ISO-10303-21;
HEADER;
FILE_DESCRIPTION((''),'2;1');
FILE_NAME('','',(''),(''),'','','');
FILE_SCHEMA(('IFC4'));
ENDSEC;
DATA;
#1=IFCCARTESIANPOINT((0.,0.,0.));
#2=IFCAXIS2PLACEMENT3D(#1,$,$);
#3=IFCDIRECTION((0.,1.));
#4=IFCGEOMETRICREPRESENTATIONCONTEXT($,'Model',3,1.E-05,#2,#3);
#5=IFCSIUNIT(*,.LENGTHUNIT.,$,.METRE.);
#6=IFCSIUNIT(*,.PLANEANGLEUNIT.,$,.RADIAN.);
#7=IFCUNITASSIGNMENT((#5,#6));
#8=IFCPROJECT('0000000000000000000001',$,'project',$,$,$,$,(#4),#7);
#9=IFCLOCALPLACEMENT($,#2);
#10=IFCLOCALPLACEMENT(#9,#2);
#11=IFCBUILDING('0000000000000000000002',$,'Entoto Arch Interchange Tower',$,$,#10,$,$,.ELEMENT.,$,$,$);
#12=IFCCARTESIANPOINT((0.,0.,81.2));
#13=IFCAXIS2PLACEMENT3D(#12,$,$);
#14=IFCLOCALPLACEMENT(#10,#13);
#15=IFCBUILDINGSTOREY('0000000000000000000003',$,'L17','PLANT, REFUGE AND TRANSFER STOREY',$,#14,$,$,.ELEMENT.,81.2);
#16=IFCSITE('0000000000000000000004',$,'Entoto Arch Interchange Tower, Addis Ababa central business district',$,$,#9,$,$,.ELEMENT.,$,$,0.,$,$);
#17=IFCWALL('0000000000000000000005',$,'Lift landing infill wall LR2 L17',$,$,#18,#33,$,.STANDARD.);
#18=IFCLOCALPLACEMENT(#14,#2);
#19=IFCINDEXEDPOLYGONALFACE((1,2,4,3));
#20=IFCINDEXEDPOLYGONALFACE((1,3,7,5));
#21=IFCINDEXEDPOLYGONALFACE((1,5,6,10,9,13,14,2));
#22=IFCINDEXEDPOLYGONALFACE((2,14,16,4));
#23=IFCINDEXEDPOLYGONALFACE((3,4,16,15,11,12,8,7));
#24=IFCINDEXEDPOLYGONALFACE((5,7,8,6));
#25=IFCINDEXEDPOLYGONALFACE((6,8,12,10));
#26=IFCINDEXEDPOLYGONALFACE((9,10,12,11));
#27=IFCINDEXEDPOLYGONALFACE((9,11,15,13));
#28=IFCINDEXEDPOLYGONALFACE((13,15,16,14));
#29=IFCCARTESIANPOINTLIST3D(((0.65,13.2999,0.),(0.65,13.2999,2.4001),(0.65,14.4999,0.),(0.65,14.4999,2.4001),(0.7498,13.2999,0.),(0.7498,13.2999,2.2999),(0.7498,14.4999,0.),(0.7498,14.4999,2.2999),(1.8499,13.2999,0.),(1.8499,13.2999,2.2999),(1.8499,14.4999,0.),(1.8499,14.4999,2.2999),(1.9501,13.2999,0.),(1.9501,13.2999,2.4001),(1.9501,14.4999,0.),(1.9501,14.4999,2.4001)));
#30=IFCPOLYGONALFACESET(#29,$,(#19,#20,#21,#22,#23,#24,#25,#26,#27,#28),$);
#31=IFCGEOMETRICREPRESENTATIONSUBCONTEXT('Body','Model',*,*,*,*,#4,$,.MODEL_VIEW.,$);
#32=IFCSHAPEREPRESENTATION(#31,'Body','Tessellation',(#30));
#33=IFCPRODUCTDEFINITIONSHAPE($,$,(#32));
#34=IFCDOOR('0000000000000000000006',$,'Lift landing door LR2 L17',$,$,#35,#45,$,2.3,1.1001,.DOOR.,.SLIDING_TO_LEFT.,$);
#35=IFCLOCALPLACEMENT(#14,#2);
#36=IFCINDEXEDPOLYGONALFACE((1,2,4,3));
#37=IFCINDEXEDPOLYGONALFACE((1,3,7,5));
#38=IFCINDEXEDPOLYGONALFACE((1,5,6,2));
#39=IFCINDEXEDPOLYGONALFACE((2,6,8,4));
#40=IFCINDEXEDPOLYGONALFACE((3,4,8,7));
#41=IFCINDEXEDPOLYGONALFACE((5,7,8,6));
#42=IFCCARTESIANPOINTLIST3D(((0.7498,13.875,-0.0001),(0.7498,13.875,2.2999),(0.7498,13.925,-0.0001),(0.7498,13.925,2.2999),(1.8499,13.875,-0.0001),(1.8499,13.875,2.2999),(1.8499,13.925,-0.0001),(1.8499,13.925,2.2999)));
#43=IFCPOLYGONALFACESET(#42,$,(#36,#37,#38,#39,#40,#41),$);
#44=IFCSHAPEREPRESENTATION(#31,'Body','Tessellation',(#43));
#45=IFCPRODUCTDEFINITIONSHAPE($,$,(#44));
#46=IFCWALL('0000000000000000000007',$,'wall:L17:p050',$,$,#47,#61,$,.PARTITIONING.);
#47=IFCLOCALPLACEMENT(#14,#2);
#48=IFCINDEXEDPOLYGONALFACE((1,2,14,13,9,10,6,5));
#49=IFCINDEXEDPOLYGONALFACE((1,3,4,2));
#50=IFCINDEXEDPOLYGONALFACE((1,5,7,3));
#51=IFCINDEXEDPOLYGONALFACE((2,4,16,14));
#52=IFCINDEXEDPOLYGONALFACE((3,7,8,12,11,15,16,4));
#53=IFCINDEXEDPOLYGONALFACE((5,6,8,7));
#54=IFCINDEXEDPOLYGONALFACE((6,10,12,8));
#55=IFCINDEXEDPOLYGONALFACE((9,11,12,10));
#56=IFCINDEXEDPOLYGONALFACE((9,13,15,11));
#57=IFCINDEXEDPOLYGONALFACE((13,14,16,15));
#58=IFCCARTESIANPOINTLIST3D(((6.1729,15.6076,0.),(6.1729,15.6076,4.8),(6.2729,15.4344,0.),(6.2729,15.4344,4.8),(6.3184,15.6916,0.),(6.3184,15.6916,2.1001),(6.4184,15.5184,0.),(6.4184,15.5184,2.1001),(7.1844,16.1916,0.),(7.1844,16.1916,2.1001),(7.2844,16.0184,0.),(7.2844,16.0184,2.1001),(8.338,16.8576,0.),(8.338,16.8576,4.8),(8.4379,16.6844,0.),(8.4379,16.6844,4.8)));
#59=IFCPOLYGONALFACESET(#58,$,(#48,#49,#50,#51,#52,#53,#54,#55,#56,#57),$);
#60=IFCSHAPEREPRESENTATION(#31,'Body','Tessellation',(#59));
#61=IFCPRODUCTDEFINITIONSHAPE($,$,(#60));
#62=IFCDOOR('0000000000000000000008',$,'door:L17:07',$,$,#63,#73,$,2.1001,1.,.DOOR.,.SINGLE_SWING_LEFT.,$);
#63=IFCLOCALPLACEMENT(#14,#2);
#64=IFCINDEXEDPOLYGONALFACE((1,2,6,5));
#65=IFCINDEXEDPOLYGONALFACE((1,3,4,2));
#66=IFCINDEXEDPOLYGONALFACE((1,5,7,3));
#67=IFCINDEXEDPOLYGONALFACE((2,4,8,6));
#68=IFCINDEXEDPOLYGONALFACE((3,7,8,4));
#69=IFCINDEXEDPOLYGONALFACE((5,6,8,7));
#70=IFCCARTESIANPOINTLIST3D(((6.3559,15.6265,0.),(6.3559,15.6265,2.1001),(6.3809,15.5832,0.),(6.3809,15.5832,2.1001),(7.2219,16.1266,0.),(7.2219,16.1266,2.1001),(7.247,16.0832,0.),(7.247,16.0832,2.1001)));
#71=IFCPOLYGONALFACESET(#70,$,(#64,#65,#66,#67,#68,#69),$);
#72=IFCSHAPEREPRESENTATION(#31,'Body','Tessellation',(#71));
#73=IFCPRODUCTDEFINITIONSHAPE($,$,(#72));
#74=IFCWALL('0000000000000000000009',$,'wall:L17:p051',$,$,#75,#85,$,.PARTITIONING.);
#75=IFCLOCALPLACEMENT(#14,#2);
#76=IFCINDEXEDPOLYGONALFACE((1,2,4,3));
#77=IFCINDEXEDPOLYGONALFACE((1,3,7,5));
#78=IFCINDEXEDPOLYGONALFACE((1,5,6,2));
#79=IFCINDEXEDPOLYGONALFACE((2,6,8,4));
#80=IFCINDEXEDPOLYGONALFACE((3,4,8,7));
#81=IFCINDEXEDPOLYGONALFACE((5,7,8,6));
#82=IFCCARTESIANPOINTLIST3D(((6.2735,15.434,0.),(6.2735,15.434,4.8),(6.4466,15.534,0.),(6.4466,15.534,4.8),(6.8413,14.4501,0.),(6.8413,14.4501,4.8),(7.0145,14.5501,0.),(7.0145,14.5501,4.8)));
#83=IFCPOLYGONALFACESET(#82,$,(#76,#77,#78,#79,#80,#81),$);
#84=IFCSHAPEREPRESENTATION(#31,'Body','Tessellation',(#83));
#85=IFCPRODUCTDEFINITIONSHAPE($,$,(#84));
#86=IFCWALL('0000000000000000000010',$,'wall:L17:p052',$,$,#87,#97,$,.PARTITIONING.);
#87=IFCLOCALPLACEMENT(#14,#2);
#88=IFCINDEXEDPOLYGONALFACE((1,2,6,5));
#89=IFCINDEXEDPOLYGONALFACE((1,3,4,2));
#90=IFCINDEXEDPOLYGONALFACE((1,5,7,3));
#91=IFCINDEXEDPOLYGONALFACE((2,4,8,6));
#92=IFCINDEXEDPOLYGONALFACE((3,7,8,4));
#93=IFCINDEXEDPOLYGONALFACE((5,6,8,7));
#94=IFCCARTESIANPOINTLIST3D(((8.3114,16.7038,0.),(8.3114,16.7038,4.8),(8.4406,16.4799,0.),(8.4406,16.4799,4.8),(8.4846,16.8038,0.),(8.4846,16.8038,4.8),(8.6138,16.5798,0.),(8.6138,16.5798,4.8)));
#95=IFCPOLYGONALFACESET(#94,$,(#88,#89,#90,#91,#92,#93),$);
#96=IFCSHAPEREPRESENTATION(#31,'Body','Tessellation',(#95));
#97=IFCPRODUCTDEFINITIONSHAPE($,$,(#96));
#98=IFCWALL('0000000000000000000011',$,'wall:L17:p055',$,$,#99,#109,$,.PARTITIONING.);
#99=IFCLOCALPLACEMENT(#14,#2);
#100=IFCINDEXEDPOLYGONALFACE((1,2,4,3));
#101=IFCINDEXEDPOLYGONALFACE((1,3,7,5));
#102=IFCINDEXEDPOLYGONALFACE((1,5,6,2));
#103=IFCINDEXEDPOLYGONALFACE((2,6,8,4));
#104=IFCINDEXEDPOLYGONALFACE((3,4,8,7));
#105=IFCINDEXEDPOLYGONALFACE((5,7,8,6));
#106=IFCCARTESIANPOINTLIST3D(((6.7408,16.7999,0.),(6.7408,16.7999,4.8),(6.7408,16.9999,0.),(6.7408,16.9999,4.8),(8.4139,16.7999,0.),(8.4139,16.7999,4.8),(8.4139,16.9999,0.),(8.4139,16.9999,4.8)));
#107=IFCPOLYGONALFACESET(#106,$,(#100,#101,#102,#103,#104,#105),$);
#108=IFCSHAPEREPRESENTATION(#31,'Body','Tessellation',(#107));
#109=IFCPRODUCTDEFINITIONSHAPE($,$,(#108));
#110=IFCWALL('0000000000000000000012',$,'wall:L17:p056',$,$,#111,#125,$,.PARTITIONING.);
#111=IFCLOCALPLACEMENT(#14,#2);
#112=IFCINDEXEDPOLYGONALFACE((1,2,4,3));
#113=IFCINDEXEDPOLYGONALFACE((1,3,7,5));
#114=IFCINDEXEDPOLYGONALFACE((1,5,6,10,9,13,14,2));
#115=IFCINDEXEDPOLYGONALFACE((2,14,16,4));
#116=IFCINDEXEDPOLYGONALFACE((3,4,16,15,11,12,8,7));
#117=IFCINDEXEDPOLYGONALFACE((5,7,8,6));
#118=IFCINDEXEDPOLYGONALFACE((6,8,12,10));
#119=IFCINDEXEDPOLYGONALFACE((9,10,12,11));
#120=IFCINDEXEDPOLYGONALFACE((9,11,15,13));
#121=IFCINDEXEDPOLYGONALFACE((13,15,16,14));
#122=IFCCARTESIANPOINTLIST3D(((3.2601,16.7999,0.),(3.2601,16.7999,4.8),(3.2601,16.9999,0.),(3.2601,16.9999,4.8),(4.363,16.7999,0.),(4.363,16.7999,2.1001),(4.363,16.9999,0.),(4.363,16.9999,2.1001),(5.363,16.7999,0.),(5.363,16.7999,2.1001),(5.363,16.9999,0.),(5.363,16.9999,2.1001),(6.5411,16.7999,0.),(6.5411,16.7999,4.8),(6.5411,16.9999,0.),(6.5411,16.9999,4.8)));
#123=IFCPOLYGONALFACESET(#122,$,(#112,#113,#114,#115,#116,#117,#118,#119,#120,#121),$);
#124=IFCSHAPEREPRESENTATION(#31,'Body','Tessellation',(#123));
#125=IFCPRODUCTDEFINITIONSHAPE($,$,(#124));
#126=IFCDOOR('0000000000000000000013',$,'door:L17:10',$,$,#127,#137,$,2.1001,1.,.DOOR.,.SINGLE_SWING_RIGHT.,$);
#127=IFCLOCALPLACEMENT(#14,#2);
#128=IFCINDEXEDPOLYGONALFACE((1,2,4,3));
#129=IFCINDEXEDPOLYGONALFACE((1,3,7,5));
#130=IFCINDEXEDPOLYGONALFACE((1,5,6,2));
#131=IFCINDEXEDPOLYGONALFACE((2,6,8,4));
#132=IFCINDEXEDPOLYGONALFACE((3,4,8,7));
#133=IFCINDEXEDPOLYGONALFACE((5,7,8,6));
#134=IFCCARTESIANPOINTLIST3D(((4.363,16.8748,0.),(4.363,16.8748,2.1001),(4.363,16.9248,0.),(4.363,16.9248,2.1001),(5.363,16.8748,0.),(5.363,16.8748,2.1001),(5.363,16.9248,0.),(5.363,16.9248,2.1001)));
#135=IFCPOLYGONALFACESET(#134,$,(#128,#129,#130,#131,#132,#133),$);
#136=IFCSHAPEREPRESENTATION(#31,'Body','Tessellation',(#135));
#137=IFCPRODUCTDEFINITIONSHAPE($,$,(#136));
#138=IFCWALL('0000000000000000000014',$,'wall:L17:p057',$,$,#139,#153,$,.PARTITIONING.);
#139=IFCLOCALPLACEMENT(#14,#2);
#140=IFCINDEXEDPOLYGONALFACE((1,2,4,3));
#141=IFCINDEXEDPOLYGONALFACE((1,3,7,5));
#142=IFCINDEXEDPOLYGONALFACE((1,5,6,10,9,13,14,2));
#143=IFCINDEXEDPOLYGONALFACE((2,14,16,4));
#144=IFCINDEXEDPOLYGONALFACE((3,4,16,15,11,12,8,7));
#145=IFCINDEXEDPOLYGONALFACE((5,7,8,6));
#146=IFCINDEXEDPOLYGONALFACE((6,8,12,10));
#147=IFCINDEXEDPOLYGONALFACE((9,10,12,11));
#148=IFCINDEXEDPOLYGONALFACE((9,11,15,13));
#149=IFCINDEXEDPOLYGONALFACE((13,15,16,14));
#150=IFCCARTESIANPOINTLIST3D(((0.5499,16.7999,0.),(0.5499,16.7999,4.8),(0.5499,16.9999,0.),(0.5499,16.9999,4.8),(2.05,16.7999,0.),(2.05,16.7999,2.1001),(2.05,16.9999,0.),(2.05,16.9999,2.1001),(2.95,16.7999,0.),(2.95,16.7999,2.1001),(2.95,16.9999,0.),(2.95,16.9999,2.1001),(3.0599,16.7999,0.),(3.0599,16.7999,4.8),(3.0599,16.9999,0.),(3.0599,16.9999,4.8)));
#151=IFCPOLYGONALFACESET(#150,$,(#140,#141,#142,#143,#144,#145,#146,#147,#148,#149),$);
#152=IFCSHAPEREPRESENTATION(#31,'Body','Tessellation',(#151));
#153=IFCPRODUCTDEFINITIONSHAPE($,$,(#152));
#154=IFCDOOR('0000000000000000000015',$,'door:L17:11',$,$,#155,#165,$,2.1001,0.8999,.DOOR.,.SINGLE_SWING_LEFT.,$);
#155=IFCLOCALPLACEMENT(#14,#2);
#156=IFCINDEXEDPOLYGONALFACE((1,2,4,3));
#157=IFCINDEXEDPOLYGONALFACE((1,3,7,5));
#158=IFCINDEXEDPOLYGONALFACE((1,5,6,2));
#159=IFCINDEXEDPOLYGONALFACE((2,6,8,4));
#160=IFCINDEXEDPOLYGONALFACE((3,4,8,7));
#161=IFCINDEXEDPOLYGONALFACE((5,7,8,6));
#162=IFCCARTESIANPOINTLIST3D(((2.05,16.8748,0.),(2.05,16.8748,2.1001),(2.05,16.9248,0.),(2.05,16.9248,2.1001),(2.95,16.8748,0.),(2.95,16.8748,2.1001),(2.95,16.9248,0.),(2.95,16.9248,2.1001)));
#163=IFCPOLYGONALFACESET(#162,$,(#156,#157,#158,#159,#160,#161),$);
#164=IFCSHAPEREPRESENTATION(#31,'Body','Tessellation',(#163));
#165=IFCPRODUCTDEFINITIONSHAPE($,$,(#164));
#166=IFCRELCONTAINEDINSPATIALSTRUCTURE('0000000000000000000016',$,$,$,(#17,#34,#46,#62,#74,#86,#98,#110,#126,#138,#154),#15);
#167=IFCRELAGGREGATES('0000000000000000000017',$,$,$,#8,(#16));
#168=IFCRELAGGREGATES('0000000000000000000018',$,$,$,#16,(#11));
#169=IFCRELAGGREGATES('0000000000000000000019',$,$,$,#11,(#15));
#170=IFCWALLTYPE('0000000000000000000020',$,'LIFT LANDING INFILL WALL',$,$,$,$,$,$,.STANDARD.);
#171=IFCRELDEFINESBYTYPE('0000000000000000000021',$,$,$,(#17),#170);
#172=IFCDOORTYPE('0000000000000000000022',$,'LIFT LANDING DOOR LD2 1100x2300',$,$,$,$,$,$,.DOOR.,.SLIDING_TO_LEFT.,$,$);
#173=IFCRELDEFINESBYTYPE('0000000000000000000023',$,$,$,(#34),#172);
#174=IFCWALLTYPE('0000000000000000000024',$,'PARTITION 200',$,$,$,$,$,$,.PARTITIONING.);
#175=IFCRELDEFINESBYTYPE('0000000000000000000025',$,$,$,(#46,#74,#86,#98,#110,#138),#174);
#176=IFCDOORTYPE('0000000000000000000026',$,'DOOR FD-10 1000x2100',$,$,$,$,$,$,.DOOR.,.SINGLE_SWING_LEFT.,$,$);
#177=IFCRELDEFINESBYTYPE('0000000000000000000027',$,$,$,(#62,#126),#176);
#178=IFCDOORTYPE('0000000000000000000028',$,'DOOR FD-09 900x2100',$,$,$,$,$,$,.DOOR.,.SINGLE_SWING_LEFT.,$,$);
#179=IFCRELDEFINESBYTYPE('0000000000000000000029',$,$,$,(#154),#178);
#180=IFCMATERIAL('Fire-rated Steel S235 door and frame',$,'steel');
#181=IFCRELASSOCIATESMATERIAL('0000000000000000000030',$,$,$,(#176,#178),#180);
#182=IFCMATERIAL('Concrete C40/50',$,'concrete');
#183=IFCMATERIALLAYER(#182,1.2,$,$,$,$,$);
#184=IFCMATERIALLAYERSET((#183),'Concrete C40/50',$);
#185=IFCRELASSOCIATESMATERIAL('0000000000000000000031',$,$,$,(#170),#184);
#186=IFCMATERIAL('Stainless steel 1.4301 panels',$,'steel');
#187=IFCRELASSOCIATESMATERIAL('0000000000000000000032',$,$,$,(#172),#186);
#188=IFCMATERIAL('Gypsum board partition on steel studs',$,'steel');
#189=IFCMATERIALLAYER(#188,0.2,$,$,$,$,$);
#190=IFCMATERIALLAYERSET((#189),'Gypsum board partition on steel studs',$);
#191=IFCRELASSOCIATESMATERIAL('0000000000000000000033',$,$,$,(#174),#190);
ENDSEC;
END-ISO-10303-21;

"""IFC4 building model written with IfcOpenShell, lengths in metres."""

from ifc_helpers import new_model, si_unit, direction, frame, frame_2d, origin, place, context, subcontext, project, spatial, rectangle, extrude, material, layer, layer_set, type_object, element, fill, save


model = new_model("IFC4")

# Units and contexts
model_context = context("Model", 3, precision=1e-05, world=origin(), true_north=direction((0.0, 1.0)))
body_context = subcontext(model_context, "Body", "Model", "MODEL_VIEW")
ifc_project = project(units=[si_unit("LENGTHUNIT", "METRE"), si_unit("PLANEANGLEUNIT", "RADIAN")], contexts=[model_context])

# Site, building, storey
site_placement = place(None, origin())
site = spatial("IfcSite", under=ifc_project, at=site_placement, Name="Entoto Arch Interchange Tower, Addis Ababa central business district", CompositionType="ELEMENT", RefElevation=0.0)
building_placement = place(site_placement, origin())
building = spatial("IfcBuilding", under=site, at=building_placement, Name="Entoto Arch Interchange Tower", CompositionType="ELEMENT")
storey_placement = place(building_placement, frame((0.0, 0.0, 81.2)))
storey = spatial("IfcBuildingStorey", under=building, at=storey_placement, Name="L17", Description="PLANT, REFUGE AND TRANSFER STOREY", CompositionType="ELEMENT", Elevation=81.2)

# Walls, openings, doors
ifc_material_1 = material(Name="Fire-rated Steel S235 door and frame", Category="steel")
door_type_1 = type_object("IfcDoorType", Name="DOOR FD-10 1000x2100", OperationType="SINGLE_SWING_LEFT", PredefinedType="DOOR", material=ifc_material_1)
ifc_material_2 = material(Name="Concrete C40/50", Category="concrete")
ifc_layer_1 = layer(ifc_material_2, 1.2)
ifc_layer_set_1 = layer_set([ifc_layer_1], Name="Concrete C40/50")
wall_type_1 = type_object("IfcWallType", Name="LIFT LANDING INFILL WALL", PredefinedType="STANDARD", material=ifc_layer_set_1)
ifc_material_3 = material(Name="Stainless steel 1.4301 panels", Category="steel")
door_type_2 = type_object("IfcDoorType", Name="LIFT LANDING DOOR LD2 1100x2300", OperationType="SLIDING_TO_LEFT", PredefinedType="DOOR", material=ifc_material_3)
wall_1_placement = place(storey_placement, frame((1.95, 13.8999, 0.0), z_axis=(0.0, 0.0, 1.0), x_axis=(-1.0, 0.0, 0.0)))
wall_1 = element("IfcWall", 1, at=wall_1_placement, inside=storey, type_object=wall_type_1, Name="Lift landing infill wall LR2 L17", PredefinedType="STANDARD", context=body_context, shape_type="SweptSolid", body=[
    extrude(rectangle(XDim=1.3, YDim=1.2, at=frame_2d((0.6499, 0.0))), origin(), (0.0, 0.0, 1.0), 2.4001),
])
opening_1_placement = place(wall_1_placement, frame((0.1001, 0.0, 0.0)))
opening_1 = element("IfcOpeningElement", 2, at=opening_1_placement, cuts=wall_1, PredefinedType="OPENING", context=body_context, shape_type="SweptSolid", body=[
    extrude(rectangle(XDim=1.1001, YDim=2.3, at=frame_2d((0.55, 1.1499))), frame((0.0, 0.6099, 0.0), z_axis=(0.0, -1.0, 0.0), x_axis=(1.0, 0.0, 0.0)), (0.0, 0.0, 1.0), 1.22),
])
door_1_placement = place(opening_1_placement, origin())
door_1 = element("IfcDoor", 3, at=door_1_placement, inside=storey, type_object=door_type_2, Name="Lift landing door LR2 L17", OperationType="SLIDING_TO_LEFT", OverallHeight=2.3, OverallWidth=1.1001, PredefinedType="DOOR", context=body_context, shape_type="SweptSolid", body=[
    extrude(rectangle(XDim=1.1001, YDim=2.3, at=frame_2d((0.55, 1.1499))), frame((0.0, 0.0249, 0.0), z_axis=(0.0, -1.0, 0.0), x_axis=(1.0, 0.0, 0.0)), (0.0, 0.0, 1.0), 0.05),
])
fill(opening_1, door_1)
ifc_material_4 = material(Name="Gypsum board partition on steel studs", Category="steel")
ifc_layer_2 = layer(ifc_material_4, 0.2)
ifc_layer_set_2 = layer_set([ifc_layer_2], Name="Gypsum board partition on steel studs")
wall_type_2 = type_object("IfcWallType", Name="PARTITION 200", PredefinedType="PARTITIONING", material=ifc_layer_set_2)
wall_2_placement = place(storey_placement, frame((6.2229, 15.521, 0.0), z_axis=(0.0, 0.0, 1.0), x_axis=(0.866023, 0.500004, 0.0)))
wall_2 = element("IfcWall", 4, at=wall_2_placement, inside=storey, type_object=wall_type_2, Name="wall:L17:p050", PredefinedType="PARTITIONING", context=body_context, shape_type="SweptSolid", body=[
    extrude(rectangle(XDim=2.5, YDim=0.2, at=frame_2d((1.25, 0.0))), origin(), (0.0, 0.0, 1.0), 4.8),
])
opening_2_placement = place(wall_2_placement, frame((0.168, 0.0, 0.0)))
opening_2 = element("IfcOpeningElement", 5, at=opening_2_placement, cuts=wall_2, PredefinedType="OPENING", context=body_context, shape_type="SweptSolid", body=[
    extrude(rectangle(XDim=1.0, YDim=2.1001, at=frame_2d((0.5, 1.05))), frame((0.0, 0.1099, 0.0), z_axis=(0.0, -1.0, 0.0), x_axis=(1.0, 0.0, 0.0)), (0.0, 0.0, 1.0), 0.22),
])
door_2_placement = place(opening_2_placement, origin())
door_2 = element("IfcDoor", 6, at=door_2_placement, inside=storey, type_object=door_type_1, Name="door:L17:07", OperationType="SINGLE_SWING_LEFT", OverallHeight=2.1001, OverallWidth=1.0, PredefinedType="DOOR", context=body_context, shape_type="SweptSolid", body=[
    extrude(rectangle(XDim=1.0, YDim=2.1001, at=frame_2d((0.5, 1.05))), frame((0.0, 0.0249, 0.0), z_axis=(0.0, -1.0, 0.0), x_axis=(1.0, 0.0, 0.0)), (0.0, 0.0, 1.0), 0.05),
])
fill(opening_2, door_2)

# Walls
wall_3_placement = place(storey_placement, frame((6.3601, 15.4839, 0.0), z_axis=(0.0, 0.0, 1.0), x_axis=(0.499884, -0.866093, 0.0)))
element("IfcWall", 7, at=wall_3_placement, inside=storey, type_object=wall_type_2, Name="wall:L17:p051", PredefinedType="PARTITIONING", context=body_context, shape_type="SweptSolid", body=[
    extrude(rectangle(XDim=1.136, YDim=0.2, at=frame_2d((0.5679, 0.0))), origin(), (0.0, 0.0, 1.0), 4.8),
])
wall_4_placement = place(storey_placement, frame((8.3979, 16.7539, 0.0), z_axis=(0.0, 0.0, 1.0), x_axis=(0.499695, -0.866201, 0.0)))
element("IfcWall", 8, at=wall_4_placement, inside=storey, type_object=wall_type_2, Name="wall:L17:p052", PredefinedType="PARTITIONING", context=body_context, shape_type="SweptSolid", body=[
    extrude(rectangle(XDim=0.2585, YDim=0.2, at=frame_2d((0.1294, 0.0))), origin(), (0.0, 0.0, 1.0), 4.8),
])
wall_5_placement = place(storey_placement, frame((6.741, 16.8999, 0.0), z_axis=(0.0, 0.0, 1.0), x_axis=(1.0, 0.0, 0.0)))
element("IfcWall", 9, at=wall_5_placement, inside=storey, type_object=wall_type_2, Name="wall:L17:p055", PredefinedType="PARTITIONING", context=body_context, shape_type="SweptSolid", body=[
    extrude(rectangle(XDim=1.6731, YDim=0.2, at=frame_2d((0.8364, 0.0))), origin(), (0.0, 0.0, 1.0), 4.8),
])

# Walls, openings, doors
wall_6_placement = place(storey_placement, frame((3.26, 16.8999, 0.0), z_axis=(0.0, 0.0, 1.0), x_axis=(1.0, 0.0, 0.0)))
wall_6 = element("IfcWall", 10, at=wall_6_placement, inside=storey, type_object=wall_type_2, Name="wall:L17:p056", PredefinedType="PARTITIONING", context=body_context, shape_type="SweptSolid", body=[
    extrude(rectangle(XDim=3.281, YDim=0.2, at=frame_2d((1.6406, 0.0))), origin(), (0.0, 0.0, 1.0), 4.8),
])
opening_3_placement = place(wall_6_placement, frame((1.103, 0.0, 0.0)))
opening_3 = element("IfcOpeningElement", 11, at=opening_3_placement, cuts=wall_6, PredefinedType="OPENING", context=body_context, shape_type="SweptSolid", body=[
    extrude(rectangle(XDim=1.0, YDim=2.1001, at=frame_2d((0.5, 1.05))), frame((0.0, 0.1099, 0.0), z_axis=(0.0, -1.0, 0.0), x_axis=(1.0, 0.0, 0.0)), (0.0, 0.0, 1.0), 0.22),
])
door_3_placement = place(opening_3_placement, origin())
door_3 = element("IfcDoor", 12, at=door_3_placement, inside=storey, type_object=door_type_1, Name="door:L17:10", OperationType="SINGLE_SWING_RIGHT", OverallHeight=2.1001, OverallWidth=1.0, PredefinedType="DOOR", context=body_context, shape_type="SweptSolid", body=[
    extrude(rectangle(XDim=1.0, YDim=2.1001, at=frame_2d((0.5, 1.05))), frame((0.0, 0.0249, 0.0), z_axis=(0.0, -1.0, 0.0), x_axis=(1.0, 0.0, 0.0)), (0.0, 0.0, 1.0), 0.05),
])
fill(opening_3, door_3)
wall_7_placement = place(storey_placement, frame((0.55, 16.8999, 0.0), z_axis=(0.0, 0.0, 1.0), x_axis=(1.0, 0.0, 0.0)))
wall_7 = element("IfcWall", 13, at=wall_7_placement, inside=storey, type_object=wall_type_2, Name="wall:L17:p057", PredefinedType="PARTITIONING", context=body_context, shape_type="SweptSolid", body=[
    extrude(rectangle(XDim=2.51, YDim=0.2, at=frame_2d((1.2549, 0.0))), origin(), (0.0, 0.0, 1.0), 4.8),
])
opening_4_placement = place(wall_7_placement, frame((1.5, 0.0, 0.0)))
opening_4 = element("IfcOpeningElement", 14, at=opening_4_placement, cuts=wall_7, PredefinedType="OPENING", context=body_context, shape_type="SweptSolid", body=[
    extrude(rectangle(XDim=0.8999, YDim=2.1001, at=frame_2d((0.45, 1.05))), frame((0.0, 0.1099, 0.0), z_axis=(0.0, -1.0, 0.0), x_axis=(1.0, 0.0, 0.0)), (0.0, 0.0, 1.0), 0.22),
])
door_type_3 = type_object("IfcDoorType", Name="DOOR FD-09 900x2100", OperationType="SINGLE_SWING_LEFT", PredefinedType="DOOR", material=ifc_material_1)
door_4_placement = place(opening_4_placement, origin())
door_4 = element("IfcDoor", 15, at=door_4_placement, inside=storey, type_object=door_type_3, Name="door:L17:11", OperationType="SINGLE_SWING_LEFT", OverallHeight=2.1001, OverallWidth=0.8999, PredefinedType="DOOR", context=body_context, shape_type="SweptSolid", body=[
    extrude(rectangle(XDim=0.8999, YDim=2.1001, at=frame_2d((0.45, 1.05))), frame((0.0, 0.0249, 0.0), z_axis=(0.0, -1.0, 0.0), x_axis=(1.0, 0.0, 0.0)), (0.0, 0.0, 1.0), 0.05),
])
fill(opening_4, door_4)

save(model, "model.ifc")
